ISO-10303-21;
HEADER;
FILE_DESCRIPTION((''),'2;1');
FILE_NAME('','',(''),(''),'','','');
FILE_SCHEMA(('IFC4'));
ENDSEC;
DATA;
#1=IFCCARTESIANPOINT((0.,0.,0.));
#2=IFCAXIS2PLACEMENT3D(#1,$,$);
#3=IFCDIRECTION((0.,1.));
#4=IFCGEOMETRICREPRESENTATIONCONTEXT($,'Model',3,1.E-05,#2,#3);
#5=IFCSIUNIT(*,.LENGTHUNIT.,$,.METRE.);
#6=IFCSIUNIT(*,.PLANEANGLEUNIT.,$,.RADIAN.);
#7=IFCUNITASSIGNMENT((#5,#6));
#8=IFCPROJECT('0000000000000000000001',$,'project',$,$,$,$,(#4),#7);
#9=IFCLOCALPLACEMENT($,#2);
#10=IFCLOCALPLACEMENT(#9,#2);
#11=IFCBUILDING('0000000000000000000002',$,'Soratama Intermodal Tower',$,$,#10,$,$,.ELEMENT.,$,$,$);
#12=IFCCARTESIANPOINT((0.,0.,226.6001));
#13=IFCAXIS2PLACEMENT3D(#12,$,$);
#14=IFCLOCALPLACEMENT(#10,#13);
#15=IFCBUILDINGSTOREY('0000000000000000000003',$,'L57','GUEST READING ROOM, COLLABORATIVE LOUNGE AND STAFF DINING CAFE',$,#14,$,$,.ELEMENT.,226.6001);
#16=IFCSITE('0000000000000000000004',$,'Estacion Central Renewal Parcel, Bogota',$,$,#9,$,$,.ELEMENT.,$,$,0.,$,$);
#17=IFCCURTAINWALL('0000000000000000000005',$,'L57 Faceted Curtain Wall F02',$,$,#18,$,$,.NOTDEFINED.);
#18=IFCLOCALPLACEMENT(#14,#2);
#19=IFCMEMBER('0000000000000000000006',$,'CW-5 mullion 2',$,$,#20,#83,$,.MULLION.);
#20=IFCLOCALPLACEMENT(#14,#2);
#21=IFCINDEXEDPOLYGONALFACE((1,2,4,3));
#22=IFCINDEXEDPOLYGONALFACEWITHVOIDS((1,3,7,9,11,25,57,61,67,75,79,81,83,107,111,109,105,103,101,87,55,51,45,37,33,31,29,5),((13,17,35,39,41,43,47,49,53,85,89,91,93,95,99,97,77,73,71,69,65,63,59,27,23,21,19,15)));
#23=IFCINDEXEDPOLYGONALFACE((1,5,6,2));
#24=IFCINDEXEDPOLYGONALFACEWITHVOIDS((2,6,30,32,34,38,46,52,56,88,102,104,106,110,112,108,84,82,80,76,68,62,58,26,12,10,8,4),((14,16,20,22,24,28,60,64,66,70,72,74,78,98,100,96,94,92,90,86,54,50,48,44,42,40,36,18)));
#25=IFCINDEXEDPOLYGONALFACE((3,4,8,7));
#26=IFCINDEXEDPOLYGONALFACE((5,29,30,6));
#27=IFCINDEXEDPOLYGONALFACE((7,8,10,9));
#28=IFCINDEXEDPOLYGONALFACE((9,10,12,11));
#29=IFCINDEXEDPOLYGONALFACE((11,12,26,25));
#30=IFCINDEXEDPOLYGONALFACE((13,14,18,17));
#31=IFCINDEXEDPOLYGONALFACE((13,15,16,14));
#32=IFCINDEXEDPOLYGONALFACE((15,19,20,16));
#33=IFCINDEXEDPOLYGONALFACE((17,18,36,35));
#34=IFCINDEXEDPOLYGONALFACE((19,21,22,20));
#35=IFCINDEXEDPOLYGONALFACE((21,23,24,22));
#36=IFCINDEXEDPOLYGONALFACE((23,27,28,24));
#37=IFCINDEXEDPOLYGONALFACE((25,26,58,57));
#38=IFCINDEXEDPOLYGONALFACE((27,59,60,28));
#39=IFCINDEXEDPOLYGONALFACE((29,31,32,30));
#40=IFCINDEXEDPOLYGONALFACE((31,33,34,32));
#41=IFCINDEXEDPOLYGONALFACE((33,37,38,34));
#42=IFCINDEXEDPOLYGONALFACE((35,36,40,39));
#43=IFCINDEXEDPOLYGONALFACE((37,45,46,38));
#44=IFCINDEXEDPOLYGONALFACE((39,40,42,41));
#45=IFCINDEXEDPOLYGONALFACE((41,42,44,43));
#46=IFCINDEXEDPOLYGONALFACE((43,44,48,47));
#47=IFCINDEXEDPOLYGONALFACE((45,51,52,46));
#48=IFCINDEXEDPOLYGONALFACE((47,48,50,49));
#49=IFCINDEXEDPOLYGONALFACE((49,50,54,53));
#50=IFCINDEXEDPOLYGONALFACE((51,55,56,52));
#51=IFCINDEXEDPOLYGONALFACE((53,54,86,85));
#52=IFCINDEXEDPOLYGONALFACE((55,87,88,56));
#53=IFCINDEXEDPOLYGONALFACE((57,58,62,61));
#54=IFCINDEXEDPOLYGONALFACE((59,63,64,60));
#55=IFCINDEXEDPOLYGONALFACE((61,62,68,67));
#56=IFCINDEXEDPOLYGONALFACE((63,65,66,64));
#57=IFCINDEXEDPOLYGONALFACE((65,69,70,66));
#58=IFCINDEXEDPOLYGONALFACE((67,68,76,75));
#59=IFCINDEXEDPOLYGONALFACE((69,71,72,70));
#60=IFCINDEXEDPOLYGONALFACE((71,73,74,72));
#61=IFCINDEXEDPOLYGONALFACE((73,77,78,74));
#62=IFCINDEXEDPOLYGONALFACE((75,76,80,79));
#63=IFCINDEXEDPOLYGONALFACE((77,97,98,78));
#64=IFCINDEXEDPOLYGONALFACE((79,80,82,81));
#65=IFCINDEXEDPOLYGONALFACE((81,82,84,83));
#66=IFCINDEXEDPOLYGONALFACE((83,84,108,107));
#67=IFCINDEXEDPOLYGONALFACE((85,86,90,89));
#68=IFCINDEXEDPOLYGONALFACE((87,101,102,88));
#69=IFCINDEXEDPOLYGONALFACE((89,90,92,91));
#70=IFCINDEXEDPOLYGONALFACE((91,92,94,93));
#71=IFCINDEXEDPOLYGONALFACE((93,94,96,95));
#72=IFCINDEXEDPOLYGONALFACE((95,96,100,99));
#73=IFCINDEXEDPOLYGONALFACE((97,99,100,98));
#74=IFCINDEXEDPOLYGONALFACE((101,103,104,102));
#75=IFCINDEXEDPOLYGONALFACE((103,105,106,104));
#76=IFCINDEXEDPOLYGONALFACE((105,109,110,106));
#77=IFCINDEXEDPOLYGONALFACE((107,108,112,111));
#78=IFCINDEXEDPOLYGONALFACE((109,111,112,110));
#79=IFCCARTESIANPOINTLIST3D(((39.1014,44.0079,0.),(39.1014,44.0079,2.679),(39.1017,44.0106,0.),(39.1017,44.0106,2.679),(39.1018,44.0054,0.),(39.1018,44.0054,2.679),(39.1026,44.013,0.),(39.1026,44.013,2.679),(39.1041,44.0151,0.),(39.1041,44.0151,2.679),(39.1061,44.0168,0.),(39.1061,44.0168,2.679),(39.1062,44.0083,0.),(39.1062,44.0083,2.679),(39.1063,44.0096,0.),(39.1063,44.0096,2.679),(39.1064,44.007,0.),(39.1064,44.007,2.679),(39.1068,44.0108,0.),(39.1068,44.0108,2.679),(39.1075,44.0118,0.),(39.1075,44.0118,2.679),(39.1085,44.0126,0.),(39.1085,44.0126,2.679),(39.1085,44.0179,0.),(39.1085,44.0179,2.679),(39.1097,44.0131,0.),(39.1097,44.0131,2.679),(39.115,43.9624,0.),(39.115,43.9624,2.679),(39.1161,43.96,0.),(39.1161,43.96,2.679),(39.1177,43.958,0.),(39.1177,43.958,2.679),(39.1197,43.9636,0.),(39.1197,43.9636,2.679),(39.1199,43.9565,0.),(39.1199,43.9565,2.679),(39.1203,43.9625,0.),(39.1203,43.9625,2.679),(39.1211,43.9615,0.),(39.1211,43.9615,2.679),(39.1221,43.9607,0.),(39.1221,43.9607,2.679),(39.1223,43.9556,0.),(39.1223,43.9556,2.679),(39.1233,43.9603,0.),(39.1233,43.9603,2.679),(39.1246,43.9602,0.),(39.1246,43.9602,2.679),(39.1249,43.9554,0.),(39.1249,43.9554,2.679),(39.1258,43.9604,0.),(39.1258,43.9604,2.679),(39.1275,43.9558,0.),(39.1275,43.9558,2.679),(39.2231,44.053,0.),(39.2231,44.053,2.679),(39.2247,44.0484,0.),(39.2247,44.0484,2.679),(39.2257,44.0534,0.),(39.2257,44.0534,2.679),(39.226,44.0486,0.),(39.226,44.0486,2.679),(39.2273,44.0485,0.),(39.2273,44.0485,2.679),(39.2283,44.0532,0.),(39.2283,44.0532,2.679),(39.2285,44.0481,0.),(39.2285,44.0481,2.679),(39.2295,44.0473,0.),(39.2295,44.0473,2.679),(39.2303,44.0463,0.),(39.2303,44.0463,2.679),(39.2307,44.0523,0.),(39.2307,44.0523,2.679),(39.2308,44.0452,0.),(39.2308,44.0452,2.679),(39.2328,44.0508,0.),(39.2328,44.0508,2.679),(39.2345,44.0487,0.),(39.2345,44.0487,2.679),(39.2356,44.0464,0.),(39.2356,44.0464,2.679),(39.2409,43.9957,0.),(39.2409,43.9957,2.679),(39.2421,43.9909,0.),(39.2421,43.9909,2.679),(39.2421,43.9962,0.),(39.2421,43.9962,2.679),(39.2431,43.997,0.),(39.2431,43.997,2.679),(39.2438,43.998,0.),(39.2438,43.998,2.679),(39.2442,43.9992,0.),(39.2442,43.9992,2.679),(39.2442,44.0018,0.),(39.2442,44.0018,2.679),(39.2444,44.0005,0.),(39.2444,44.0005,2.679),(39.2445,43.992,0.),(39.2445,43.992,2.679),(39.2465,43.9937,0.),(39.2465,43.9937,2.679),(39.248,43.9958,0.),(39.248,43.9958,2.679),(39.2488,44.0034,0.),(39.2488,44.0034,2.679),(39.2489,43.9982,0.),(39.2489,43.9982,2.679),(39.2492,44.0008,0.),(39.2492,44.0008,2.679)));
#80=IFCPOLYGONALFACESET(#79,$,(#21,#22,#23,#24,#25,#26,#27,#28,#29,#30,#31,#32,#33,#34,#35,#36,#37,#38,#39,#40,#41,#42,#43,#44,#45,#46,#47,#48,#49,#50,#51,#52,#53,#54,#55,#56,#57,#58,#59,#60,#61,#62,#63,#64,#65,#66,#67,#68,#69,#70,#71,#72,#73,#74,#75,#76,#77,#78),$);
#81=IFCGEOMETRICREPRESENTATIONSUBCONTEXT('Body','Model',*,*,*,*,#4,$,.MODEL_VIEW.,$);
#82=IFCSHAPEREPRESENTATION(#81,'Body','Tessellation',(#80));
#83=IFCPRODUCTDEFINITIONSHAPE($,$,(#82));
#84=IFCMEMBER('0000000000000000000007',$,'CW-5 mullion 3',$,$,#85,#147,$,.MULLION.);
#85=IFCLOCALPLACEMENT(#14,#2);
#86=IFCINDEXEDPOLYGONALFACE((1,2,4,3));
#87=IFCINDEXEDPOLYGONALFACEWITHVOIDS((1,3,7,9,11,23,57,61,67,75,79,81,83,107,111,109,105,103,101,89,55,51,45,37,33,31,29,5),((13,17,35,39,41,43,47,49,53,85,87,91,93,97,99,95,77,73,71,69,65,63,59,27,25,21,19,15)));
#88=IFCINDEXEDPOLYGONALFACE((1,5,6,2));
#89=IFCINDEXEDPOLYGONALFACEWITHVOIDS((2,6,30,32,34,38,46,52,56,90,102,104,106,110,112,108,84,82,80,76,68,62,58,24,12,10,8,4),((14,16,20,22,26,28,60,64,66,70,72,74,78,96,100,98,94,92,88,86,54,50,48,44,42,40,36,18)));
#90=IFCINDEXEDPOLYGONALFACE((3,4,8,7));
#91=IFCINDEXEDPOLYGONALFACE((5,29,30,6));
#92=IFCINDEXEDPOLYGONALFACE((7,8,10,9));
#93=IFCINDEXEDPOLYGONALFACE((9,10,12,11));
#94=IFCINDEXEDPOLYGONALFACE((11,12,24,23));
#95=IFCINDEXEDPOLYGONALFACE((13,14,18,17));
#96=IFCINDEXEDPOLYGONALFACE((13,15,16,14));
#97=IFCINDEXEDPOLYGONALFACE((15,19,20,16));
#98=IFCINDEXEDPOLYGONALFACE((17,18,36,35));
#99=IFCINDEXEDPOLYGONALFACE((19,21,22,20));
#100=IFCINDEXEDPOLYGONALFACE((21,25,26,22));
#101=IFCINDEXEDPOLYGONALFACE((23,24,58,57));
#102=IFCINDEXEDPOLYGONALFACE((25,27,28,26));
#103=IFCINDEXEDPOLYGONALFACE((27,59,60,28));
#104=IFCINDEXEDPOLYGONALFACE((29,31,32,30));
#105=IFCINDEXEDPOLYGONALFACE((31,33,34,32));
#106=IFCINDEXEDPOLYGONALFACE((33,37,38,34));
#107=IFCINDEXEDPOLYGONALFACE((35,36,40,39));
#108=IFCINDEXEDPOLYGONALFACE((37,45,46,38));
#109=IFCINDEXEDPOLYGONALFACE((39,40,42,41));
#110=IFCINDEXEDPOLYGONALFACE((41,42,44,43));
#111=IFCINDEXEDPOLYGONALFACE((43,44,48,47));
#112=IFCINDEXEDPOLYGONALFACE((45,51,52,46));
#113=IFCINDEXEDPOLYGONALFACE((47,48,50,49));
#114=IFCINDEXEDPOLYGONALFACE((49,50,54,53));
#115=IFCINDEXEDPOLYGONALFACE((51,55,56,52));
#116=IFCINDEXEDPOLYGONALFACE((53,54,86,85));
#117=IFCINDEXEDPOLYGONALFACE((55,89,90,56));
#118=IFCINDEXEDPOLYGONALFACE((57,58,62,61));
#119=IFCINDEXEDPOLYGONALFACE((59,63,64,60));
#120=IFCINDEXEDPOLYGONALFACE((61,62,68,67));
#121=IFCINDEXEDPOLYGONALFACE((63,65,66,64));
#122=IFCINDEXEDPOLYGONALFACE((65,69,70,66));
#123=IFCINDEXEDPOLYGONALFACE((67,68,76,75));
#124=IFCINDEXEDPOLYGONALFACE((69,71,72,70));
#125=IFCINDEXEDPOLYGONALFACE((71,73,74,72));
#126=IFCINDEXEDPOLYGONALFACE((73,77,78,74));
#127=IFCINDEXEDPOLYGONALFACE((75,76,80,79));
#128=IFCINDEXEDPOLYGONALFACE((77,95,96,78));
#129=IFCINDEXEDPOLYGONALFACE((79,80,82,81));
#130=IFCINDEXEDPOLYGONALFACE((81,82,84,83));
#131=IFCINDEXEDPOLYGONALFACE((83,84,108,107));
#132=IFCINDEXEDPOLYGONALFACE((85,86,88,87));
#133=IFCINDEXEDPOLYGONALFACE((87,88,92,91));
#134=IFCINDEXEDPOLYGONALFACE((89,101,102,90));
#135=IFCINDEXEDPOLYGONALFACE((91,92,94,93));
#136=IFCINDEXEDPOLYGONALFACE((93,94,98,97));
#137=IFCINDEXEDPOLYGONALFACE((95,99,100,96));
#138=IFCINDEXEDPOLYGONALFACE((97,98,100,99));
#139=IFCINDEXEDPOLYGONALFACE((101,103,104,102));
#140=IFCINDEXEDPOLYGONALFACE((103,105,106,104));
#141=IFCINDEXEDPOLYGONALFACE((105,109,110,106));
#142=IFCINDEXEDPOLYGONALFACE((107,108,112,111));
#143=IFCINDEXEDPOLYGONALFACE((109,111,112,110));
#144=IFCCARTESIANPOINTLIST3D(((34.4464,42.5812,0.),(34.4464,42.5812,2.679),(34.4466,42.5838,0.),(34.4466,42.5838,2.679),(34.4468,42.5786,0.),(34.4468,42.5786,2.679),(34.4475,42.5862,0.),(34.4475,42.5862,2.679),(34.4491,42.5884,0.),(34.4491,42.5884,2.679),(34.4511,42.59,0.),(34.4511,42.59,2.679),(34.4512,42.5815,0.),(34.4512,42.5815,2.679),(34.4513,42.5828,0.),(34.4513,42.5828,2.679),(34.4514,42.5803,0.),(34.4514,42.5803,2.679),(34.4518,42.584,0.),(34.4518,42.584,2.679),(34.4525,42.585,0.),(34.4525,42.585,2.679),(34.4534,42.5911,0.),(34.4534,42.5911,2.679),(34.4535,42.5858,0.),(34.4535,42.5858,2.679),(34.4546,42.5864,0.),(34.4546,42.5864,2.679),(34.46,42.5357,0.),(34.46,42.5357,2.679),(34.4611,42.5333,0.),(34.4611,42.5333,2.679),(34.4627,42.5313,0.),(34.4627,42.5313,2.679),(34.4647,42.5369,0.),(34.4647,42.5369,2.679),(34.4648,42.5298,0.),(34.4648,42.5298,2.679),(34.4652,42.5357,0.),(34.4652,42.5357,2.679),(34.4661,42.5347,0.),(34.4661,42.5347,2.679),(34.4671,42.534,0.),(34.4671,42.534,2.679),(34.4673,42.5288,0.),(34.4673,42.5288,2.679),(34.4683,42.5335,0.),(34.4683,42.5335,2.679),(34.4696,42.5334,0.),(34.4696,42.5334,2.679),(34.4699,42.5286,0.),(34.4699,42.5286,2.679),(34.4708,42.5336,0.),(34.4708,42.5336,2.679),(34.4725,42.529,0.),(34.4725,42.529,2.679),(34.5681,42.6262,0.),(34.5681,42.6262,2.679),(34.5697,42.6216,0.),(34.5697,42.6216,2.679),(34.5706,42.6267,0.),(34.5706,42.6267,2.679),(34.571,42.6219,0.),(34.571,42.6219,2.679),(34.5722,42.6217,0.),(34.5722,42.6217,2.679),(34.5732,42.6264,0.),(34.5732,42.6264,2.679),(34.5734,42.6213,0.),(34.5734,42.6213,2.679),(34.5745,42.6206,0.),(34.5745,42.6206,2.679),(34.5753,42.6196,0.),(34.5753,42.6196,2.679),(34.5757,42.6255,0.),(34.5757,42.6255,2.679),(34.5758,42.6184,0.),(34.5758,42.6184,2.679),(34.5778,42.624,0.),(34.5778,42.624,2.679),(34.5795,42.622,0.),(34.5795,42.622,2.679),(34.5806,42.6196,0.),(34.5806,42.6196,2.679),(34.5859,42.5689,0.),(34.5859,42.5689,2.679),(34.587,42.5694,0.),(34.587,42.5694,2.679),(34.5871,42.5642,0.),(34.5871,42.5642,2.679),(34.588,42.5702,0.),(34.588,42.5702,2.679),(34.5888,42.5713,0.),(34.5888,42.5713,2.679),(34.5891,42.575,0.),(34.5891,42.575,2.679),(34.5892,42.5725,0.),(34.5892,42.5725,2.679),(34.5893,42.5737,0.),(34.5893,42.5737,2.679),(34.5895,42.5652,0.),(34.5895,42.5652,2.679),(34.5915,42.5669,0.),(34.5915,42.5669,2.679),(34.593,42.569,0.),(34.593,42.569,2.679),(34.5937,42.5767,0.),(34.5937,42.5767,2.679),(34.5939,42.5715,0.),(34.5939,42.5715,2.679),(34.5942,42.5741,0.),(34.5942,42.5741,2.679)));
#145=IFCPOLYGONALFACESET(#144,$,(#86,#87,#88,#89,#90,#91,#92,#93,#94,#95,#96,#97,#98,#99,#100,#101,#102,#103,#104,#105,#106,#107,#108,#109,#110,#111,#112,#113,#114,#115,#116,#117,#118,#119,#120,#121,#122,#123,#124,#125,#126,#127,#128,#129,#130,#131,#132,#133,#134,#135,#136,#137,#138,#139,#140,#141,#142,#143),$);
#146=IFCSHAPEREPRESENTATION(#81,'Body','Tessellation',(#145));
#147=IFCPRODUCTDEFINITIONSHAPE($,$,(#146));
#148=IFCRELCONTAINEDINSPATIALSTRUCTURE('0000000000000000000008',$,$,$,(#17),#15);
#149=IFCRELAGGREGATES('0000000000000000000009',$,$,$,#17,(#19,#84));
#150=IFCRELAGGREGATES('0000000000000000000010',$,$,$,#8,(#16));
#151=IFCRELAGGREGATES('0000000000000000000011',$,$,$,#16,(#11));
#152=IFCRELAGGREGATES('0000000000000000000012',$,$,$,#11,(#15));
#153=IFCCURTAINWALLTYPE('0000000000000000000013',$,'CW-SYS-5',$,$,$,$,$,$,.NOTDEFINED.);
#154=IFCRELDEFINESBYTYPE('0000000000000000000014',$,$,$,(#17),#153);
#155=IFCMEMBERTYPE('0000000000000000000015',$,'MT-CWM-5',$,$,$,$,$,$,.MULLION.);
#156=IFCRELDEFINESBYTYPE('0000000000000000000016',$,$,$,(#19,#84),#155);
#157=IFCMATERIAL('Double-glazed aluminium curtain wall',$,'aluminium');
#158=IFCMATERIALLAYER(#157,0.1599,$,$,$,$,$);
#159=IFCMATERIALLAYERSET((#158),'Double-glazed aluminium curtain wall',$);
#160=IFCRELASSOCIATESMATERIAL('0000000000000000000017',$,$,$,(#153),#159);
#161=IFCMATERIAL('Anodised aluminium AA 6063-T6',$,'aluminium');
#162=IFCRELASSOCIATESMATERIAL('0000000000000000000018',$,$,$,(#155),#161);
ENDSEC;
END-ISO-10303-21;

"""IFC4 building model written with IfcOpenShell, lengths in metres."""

from ifc_helpers import new_model, si_unit, direction, frame, origin, origin_2d, place, context, subcontext, project, spatial, hollow_rectangle, extrude, material, layer, layer_set, material_profile, profile_set, type_object, element, aggregate, save


model = new_model("IFC4")

# Units and contexts
model_context = context("Model", 3, precision=1e-05, world=origin(), true_north=direction((0.0, 1.0)))
body_context = subcontext(model_context, "Body", "Model", "MODEL_VIEW")
ifc_project = project(units=[si_unit("LENGTHUNIT", "METRE"), si_unit("PLANEANGLEUNIT", "RADIAN")], contexts=[model_context])

# Site, building, storey
site_placement = place(None, origin())
site = spatial("IfcSite", under=ifc_project, at=site_placement, Name="Estacion Central Renewal Parcel, Bogota", CompositionType="ELEMENT", RefElevation=0.0)
building_placement = place(site_placement, origin())
building = spatial("IfcBuilding", under=site, at=building_placement, Name="Soratama Intermodal Tower", CompositionType="ELEMENT")
storey_placement = place(building_placement, frame((0.0, 0.0, 226.6001)))
storey = spatial("IfcBuildingStorey", under=building, at=storey_placement, Name="L57", Description="GUEST READING ROOM, COLLABORATIVE LOUNGE AND STAFF DINING CAFE", CompositionType="ELEMENT", Elevation=226.6001)

# Curtain wall, members
ifc_material_1 = material(Name="Double-glazed aluminium curtain wall", Category="aluminium")
ifc_layer_1 = layer(ifc_material_1, 0.1599)
ifc_layer_set_1 = layer_set([ifc_layer_1], Name="Double-glazed aluminium curtain wall")
curtain_wall_type = type_object("IfcCurtainWallType", Name="CW-SYS-5", PredefinedType="NOTDEFINED", material=ifc_layer_set_1)
curtain_wall_placement = place(storey_placement, origin())
curtain_wall = element("IfcCurtainWall", 1, at=curtain_wall_placement, inside=storey, type_object=curtain_wall_type, Name="L57 Faceted Curtain Wall F02", PredefinedType="NOTDEFINED")
ifc_material_2 = material(Name="Anodised aluminium AA 6063-T6", Category="aluminium")
ifc_material_profile_1 = material_profile(ifc_material_2, hollow_rectangle(XDim=0.0649, YDim=0.1399, WallThickness=0.0049, InnerFilletRadius=0.0049, OuterFilletRadius=0.01, at=origin_2d()), Name="CWM140X65X5")
ifc_profile_set_1 = profile_set([ifc_material_profile_1], Name="Anodised aluminium AA 6063-T6")
member_type_1 = type_object("IfcMemberType", Name="MT-CWM-5", PredefinedType="MULLION", material=ifc_profile_set_1)
member_1_placement = place(storey_placement, frame((39.1753, 44.0044, 0.0), z_axis=(0.0, 0.0, 1.0), x_axis=(0.293041, -0.9561, 0.0)))
member_1 = element("IfcMember", 2, at=member_1_placement, type_object=member_type_1, Name="CW-5 mullion 2", PredefinedType="MULLION", context=body_context, shape_type="SweptSolid", body=[
    extrude(hollow_rectangle(XDim=0.0649, YDim=0.1399, WallThickness=0.0049, InnerFilletRadius=0.0049, OuterFilletRadius=0.01, at=origin_2d()), origin(), (0.0, 0.0, 1.0), 2.679),
])
member_2_placement = place(storey_placement, frame((34.5203, 42.5776, 0.0), z_axis=(0.0, 0.0, 1.0), x_axis=(0.293041, -0.9561, 0.0)))
member_2 = element("IfcMember", 3, at=member_2_placement, type_object=member_type_1, Name="CW-5 mullion 3", PredefinedType="MULLION", context=body_context, shape_type="SweptSolid", body=[
    extrude(hollow_rectangle(XDim=0.0649, YDim=0.1399, WallThickness=0.0049, InnerFilletRadius=0.0049, OuterFilletRadius=0.01, at=origin_2d()), origin(), (0.0, 0.0, 1.0), 2.679),
])
aggregate(curtain_wall, [member_1, member_2])

save(model, "model.ifc")
